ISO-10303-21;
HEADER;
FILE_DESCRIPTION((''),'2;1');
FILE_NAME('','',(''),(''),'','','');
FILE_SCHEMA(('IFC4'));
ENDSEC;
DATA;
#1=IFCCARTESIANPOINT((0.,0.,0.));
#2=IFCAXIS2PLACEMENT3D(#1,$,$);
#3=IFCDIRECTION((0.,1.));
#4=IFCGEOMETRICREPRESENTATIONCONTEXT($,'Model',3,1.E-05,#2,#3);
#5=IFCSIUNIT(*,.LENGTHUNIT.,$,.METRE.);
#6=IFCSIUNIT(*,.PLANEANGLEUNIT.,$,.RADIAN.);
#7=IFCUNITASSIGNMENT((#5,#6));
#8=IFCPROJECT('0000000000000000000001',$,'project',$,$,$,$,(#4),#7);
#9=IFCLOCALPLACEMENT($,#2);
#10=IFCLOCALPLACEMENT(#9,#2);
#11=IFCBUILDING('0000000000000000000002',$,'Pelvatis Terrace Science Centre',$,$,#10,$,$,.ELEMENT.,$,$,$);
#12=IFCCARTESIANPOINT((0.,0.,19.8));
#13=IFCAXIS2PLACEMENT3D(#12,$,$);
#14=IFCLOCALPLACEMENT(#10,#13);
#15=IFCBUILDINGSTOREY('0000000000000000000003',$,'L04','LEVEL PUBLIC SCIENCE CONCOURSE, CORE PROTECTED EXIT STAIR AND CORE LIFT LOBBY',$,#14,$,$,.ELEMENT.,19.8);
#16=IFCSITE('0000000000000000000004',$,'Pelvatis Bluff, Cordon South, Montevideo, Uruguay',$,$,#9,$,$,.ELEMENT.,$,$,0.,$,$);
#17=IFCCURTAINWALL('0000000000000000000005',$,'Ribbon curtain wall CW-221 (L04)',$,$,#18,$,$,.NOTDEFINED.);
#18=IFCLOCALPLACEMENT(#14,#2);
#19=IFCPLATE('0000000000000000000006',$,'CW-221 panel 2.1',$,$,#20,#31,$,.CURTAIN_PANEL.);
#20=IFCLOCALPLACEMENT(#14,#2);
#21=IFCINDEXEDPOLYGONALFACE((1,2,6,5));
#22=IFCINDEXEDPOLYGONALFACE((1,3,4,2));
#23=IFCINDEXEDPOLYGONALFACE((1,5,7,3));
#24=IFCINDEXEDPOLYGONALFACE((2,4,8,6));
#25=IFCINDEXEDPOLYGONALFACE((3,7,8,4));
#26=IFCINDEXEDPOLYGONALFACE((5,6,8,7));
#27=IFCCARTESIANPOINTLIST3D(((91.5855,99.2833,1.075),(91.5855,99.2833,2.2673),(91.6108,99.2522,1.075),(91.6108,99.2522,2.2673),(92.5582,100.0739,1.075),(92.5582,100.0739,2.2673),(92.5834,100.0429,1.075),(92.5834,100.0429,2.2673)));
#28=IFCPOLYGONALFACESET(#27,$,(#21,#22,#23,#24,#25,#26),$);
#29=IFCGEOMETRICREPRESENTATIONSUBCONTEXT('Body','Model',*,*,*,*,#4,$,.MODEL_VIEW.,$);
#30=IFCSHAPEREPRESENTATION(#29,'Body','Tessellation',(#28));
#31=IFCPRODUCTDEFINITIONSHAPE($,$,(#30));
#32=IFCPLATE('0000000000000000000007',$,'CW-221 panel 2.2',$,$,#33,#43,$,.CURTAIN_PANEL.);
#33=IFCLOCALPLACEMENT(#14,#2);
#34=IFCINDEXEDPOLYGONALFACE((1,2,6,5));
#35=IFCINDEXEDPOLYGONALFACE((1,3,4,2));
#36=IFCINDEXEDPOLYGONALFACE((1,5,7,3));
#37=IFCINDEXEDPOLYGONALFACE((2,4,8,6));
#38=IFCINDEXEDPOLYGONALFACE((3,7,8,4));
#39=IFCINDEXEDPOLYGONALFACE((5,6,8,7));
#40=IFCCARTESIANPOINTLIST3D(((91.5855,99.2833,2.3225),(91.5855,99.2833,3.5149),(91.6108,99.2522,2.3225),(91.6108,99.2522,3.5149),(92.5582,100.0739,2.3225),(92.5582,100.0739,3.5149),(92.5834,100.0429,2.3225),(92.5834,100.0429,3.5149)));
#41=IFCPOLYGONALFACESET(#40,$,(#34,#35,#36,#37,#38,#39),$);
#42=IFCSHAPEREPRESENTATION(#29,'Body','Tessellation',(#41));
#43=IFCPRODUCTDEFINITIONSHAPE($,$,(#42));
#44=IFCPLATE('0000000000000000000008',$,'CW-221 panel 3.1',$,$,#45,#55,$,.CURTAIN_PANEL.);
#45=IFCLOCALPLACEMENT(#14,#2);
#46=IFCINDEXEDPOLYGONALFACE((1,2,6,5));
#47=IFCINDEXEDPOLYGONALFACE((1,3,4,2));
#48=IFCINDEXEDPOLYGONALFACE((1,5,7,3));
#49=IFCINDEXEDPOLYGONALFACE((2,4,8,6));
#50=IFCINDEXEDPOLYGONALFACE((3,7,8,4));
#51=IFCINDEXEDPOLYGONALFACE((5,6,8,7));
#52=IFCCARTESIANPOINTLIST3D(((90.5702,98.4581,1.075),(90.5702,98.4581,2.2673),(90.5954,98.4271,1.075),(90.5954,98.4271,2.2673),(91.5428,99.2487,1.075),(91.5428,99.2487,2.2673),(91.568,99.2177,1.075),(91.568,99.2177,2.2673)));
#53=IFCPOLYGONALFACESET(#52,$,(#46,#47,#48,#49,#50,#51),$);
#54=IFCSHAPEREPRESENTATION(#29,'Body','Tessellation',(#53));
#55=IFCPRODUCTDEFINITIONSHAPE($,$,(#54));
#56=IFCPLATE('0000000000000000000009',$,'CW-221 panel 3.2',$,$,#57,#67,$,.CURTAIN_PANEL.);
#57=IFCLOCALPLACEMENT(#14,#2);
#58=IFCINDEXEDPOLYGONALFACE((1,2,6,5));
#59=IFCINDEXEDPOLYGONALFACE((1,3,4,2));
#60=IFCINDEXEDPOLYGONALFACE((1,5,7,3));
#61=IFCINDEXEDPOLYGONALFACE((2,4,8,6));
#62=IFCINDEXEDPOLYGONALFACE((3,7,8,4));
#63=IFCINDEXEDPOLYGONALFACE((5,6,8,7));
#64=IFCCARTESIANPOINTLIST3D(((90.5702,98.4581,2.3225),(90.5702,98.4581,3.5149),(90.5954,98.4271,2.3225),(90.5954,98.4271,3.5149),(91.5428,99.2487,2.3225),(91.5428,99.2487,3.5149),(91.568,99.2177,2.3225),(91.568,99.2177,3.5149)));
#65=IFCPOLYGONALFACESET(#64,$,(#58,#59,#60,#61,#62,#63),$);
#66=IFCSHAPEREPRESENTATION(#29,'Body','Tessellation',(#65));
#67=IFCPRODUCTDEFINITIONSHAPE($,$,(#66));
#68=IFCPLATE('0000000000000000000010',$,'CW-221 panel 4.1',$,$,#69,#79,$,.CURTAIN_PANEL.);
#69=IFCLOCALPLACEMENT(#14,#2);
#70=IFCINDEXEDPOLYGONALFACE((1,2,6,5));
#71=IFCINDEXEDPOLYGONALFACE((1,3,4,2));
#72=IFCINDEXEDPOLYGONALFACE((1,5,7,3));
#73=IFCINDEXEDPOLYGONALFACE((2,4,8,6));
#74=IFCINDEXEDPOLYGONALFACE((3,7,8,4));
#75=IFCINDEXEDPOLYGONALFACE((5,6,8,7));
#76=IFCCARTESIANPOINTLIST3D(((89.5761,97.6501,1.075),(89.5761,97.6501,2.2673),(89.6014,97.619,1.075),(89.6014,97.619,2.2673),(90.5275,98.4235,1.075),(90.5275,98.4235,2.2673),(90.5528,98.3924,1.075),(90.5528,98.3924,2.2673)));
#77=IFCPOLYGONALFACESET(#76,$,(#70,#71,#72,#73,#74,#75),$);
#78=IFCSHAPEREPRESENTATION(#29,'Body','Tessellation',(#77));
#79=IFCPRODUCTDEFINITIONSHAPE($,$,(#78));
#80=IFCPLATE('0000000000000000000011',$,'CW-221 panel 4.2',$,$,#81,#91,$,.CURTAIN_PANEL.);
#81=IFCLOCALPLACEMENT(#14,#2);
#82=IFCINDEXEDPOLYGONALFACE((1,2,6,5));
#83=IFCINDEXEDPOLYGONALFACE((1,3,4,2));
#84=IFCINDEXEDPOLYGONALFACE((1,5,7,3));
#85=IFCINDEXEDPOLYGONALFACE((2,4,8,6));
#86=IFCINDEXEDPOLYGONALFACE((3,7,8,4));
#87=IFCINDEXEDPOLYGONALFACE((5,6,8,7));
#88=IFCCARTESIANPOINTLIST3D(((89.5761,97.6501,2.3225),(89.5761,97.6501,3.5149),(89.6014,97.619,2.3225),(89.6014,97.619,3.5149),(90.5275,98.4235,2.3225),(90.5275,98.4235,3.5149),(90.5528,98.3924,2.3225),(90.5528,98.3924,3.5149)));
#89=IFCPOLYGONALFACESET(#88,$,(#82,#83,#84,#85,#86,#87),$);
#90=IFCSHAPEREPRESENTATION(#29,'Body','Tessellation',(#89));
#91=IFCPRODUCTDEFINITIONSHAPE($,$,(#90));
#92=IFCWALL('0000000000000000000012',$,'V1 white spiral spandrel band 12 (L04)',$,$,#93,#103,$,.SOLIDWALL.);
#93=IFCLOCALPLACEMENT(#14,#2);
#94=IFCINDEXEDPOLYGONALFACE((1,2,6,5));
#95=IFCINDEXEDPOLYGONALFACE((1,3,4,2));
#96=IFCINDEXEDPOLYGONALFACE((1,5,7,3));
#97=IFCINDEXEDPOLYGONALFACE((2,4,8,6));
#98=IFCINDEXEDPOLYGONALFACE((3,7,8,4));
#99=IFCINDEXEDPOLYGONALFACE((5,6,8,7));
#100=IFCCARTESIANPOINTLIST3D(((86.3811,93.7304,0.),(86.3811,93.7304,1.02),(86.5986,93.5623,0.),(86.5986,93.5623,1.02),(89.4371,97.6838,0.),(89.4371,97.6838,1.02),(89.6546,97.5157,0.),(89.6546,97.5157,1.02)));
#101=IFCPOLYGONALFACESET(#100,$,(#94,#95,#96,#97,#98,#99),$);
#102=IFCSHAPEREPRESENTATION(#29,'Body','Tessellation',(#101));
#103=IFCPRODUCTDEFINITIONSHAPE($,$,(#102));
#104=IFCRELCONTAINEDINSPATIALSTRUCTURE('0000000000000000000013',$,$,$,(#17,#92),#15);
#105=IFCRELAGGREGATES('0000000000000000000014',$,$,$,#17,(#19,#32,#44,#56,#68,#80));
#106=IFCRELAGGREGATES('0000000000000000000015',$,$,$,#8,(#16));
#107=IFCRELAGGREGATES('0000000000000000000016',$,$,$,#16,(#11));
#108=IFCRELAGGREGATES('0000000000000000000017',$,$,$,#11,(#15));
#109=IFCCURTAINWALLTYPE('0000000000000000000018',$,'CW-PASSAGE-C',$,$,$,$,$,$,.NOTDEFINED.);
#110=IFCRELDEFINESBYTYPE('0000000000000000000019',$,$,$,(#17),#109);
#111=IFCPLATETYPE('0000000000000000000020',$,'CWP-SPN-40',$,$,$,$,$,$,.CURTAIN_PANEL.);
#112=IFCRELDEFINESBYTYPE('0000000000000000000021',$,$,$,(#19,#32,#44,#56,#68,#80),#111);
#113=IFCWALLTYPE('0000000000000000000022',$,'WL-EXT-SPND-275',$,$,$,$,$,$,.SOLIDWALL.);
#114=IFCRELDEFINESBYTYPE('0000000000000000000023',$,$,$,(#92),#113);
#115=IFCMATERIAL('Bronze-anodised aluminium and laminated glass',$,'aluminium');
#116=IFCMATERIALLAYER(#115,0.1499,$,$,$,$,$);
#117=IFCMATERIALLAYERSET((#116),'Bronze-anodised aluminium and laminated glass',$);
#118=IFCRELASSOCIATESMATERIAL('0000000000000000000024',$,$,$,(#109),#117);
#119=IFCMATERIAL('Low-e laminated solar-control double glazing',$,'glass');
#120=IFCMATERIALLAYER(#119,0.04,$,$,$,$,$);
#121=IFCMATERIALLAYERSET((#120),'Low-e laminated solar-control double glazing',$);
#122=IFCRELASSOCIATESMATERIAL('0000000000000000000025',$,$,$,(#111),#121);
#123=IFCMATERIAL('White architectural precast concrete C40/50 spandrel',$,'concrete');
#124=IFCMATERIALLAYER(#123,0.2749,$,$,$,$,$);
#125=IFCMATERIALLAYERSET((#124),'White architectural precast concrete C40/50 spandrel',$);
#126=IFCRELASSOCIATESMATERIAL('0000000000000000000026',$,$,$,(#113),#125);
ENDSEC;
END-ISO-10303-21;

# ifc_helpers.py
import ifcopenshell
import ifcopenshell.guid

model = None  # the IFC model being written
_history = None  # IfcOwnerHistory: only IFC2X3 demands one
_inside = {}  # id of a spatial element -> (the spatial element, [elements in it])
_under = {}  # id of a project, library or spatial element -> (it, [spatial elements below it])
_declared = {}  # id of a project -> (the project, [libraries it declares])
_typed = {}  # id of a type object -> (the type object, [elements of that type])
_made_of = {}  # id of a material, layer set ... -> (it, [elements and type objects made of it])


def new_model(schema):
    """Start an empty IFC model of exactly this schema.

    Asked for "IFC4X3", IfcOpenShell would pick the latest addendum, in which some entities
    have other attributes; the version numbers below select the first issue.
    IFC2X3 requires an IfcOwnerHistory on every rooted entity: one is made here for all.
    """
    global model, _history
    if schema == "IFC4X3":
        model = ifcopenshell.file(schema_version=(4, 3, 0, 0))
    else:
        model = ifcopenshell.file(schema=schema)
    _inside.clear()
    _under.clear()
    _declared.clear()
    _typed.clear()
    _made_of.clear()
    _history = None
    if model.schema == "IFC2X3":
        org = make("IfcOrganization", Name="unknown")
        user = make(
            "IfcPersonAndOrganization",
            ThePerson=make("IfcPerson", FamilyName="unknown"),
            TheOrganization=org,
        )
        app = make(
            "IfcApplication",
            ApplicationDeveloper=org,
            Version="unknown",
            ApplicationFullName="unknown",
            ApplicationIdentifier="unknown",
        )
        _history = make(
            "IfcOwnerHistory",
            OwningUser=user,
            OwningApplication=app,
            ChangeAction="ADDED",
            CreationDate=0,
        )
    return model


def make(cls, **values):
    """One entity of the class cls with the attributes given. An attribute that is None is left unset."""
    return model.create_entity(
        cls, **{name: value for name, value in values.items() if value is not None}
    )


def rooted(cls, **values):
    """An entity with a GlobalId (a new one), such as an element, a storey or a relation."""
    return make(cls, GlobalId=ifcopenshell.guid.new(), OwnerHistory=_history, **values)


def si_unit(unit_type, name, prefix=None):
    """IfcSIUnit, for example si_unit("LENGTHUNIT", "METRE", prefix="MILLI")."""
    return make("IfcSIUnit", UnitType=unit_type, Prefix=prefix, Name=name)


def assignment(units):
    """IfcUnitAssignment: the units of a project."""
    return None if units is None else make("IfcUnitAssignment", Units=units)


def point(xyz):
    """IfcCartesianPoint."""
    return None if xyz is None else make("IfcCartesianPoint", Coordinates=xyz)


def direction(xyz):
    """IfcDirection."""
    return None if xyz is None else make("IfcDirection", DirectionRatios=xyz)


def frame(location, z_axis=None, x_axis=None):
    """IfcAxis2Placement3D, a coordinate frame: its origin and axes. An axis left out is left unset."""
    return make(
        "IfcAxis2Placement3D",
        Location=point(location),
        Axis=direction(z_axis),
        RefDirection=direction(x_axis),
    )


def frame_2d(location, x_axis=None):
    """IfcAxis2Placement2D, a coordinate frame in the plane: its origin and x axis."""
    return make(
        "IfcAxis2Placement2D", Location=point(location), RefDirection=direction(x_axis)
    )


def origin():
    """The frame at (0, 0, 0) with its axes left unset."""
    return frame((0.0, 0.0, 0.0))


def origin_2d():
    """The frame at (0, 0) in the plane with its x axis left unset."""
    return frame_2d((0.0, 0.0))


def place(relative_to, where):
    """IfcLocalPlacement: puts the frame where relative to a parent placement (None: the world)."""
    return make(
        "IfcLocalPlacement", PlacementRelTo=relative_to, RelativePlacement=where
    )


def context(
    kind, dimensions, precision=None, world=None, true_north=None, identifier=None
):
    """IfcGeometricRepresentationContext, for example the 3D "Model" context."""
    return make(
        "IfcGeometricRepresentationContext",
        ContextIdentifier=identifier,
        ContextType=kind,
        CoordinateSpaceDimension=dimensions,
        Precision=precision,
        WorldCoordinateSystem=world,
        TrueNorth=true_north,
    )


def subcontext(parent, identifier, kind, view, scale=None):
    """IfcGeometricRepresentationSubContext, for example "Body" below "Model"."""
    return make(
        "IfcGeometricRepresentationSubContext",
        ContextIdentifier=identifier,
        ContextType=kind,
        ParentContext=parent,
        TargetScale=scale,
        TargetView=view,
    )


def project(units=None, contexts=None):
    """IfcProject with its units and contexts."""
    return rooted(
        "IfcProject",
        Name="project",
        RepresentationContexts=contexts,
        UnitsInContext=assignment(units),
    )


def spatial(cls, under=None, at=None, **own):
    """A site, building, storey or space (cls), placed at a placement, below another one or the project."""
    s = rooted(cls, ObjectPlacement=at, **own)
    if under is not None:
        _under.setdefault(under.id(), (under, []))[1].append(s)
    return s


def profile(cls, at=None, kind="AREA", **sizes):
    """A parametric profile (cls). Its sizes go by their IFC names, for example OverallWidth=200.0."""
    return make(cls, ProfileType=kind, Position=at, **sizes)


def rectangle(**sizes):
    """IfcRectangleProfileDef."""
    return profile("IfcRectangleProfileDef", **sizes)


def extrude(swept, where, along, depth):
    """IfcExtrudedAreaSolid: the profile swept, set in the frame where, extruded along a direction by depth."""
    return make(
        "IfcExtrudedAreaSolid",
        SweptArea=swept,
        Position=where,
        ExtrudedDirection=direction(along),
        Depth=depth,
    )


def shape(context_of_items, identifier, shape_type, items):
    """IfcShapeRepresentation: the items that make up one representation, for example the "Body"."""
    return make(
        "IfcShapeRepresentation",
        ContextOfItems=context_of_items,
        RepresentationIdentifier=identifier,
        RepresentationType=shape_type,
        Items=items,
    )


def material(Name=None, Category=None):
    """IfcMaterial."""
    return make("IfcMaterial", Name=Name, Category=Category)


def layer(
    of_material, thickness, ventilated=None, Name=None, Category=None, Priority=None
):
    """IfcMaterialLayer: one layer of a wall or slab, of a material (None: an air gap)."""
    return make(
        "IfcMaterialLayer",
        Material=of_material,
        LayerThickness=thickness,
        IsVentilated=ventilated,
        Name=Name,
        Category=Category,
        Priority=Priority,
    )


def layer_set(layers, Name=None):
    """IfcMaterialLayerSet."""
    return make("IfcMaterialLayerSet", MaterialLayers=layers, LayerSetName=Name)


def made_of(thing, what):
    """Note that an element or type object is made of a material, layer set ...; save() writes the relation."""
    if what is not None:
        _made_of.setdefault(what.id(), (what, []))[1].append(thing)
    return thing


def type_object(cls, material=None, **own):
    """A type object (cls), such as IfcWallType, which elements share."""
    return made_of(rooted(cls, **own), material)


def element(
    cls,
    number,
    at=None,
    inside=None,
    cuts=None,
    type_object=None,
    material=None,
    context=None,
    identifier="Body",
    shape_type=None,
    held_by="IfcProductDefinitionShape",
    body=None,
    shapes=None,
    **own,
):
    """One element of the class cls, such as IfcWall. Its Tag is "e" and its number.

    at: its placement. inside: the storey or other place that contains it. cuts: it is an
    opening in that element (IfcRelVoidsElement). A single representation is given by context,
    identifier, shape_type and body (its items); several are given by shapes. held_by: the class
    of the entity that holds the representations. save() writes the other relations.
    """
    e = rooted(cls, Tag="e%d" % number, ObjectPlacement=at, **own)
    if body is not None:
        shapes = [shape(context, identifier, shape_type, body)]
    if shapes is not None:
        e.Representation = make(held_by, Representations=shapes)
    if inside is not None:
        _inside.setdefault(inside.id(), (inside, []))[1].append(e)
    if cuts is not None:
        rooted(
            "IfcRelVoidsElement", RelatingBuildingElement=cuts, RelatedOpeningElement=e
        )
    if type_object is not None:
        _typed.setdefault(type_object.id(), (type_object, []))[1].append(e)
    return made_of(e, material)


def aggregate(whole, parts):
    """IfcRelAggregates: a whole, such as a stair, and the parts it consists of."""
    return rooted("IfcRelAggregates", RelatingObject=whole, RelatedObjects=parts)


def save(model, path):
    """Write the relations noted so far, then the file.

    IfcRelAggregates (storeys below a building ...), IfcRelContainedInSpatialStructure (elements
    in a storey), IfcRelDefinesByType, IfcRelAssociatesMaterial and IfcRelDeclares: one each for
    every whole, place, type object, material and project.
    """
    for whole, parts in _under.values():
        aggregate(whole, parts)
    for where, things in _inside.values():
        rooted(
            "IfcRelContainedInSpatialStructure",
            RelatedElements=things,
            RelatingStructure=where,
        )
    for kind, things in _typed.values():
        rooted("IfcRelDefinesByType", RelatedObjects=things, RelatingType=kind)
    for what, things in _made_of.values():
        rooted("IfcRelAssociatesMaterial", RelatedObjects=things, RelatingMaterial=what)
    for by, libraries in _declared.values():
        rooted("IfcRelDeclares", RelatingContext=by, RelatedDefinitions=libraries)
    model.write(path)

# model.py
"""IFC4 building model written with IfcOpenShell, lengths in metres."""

from ifc_helpers import new_model, si_unit, direction, frame, frame_2d, origin, origin_2d, place, context, subcontext, project, spatial, rectangle, extrude, material, layer, layer_set, type_object, element, aggregate, save


model = new_model("IFC4")

# Units and contexts
model_context = context("Model", 3, precision=1e-05, world=origin(), true_north=direction((0.0, 1.0)))
body_context = subcontext(model_context, "Body", "Model", "MODEL_VIEW")
ifc_project = project(units=[si_unit("LENGTHUNIT", "METRE"), si_unit("PLANEANGLEUNIT", "RADIAN")], contexts=[model_context])

# Site, building, storey
site_placement = place(None, origin())
site = spatial("IfcSite", under=ifc_project, at=site_placement, Name="Pelvatis Bluff, Cordon South, Montevideo, Uruguay", CompositionType="ELEMENT", RefElevation=0.0)
building_placement = place(site_placement, origin())
building = spatial("IfcBuilding", under=site, at=building_placement, Name="Pelvatis Terrace Science Centre", CompositionType="ELEMENT")
storey_placement = place(building_placement, frame((0.0, 0.0, 19.8)))
storey = spatial("IfcBuildingStorey", under=building, at=storey_placement, Name="L04", Description="LEVEL PUBLIC SCIENCE CONCOURSE, CORE PROTECTED EXIT STAIR AND CORE LIFT LOBBY", CompositionType="ELEMENT", Elevation=19.8)

# Curtain wall
ifc_material_1 = material(Name="Bronze-anodised aluminium and laminated glass", Category="aluminium")
ifc_layer_1 = layer(ifc_material_1, 0.1499)
ifc_layer_set_1 = layer_set([ifc_layer_1], Name="Bronze-anodised aluminium and laminated glass")
curtain_wall_type = type_object("IfcCurtainWallType", Name="CW-PASSAGE-C", PredefinedType="NOTDEFINED", material=ifc_layer_set_1)
curtain_wall_1_placement = place(storey_placement, origin())
curtain_wall_1 = element("IfcCurtainWall", 1, at=curtain_wall_1_placement, inside=storey, type_object=curtain_wall_type, Name="Ribbon curtain wall CW-221 (L04)", PredefinedType="NOTDEFINED")

# Plates
ifc_material_2 = material(Name="Low-e laminated solar-control double glazing", Category="glass")
ifc_layer_2 = layer(ifc_material_2, 0.04)
ifc_layer_set_2 = layer_set([ifc_layer_2], Name="Low-e laminated solar-control double glazing")
plate_type = type_object("IfcPlateType", Name="CWP-SPN-40", PredefinedType="CURTAIN_PANEL", material=ifc_layer_set_2)
plate_1_placement = place(storey_placement, frame((92.0845, 99.6631, 1.075), z_axis=(0.0, 0.0, 1.0), x_axis=(-0.77598, -0.630757, 0.0)))
plate_1 = element("IfcPlate", 2, at=plate_1_placement, type_object=plate_type, Name="CW-221 panel 2.1", PredefinedType="CURTAIN_PANEL", context=body_context, shape_type="SweptSolid", body=[
    extrude(rectangle(XDim=1.2534, YDim=0.04, at=origin_2d()), origin(), (0.0, 0.0, 1.0), 1.1924),
])
plate_2_placement = place(storey_placement, frame((92.0845, 99.6631, 2.3225), z_axis=(0.0, 0.0, 1.0), x_axis=(-0.77598, -0.630757, 0.0)))
plate_2 = element("IfcPlate", 3, at=plate_2_placement, type_object=plate_type, Name="CW-221 panel 2.2", PredefinedType="CURTAIN_PANEL", context=body_context, shape_type="SweptSolid", body=[
    extrude(rectangle(XDim=1.2534, YDim=0.04, at=origin_2d()), origin(), (0.0, 0.0, 1.0), 1.1924),
])
plate_3_placement = place(storey_placement, frame((91.0691, 98.8379, 1.075), z_axis=(0.0, 0.0, 1.0), x_axis=(-0.77598, -0.630757, 0.0)))
plate_3 = element("IfcPlate", 4, at=plate_3_placement, type_object=plate_type, Name="CW-221 panel 3.1", PredefinedType="CURTAIN_PANEL", context=body_context, shape_type="SweptSolid", body=[
    extrude(rectangle(XDim=1.2534, YDim=0.04, at=origin_2d()), origin(), (0.0, 0.0, 1.0), 1.1924),
])
plate_4_placement = place(storey_placement, frame((91.0691, 98.8379, 2.3225), z_axis=(0.0, 0.0, 1.0), x_axis=(-0.77598, -0.630757, 0.0)))
plate_4 = element("IfcPlate", 5, at=plate_4_placement, type_object=plate_type, Name="CW-221 panel 3.2", PredefinedType="CURTAIN_PANEL", context=body_context, shape_type="SweptSolid", body=[
    extrude(rectangle(XDim=1.2534, YDim=0.04, at=origin_2d()), origin(), (0.0, 0.0, 1.0), 1.1924),
])
plate_5_placement = place(storey_placement, frame((90.0645, 98.0212, 1.075), z_axis=(0.0, 0.0, 1.0), x_axis=(-0.77598, -0.630757, 0.0)))
plate_5 = element("IfcPlate", 6, at=plate_5_placement, type_object=plate_type, Name="CW-221 panel 4.1", PredefinedType="CURTAIN_PANEL", context=body_context, shape_type="SweptSolid", body=[
    extrude(rectangle(XDim=1.2261, YDim=0.04, at=origin_2d()), origin(), (0.0, 0.0, 1.0), 1.1924),
])
plate_6_placement = place(storey_placement, frame((90.0645, 98.0212, 2.3225), z_axis=(0.0, 0.0, 1.0), x_axis=(-0.77598, -0.630757, 0.0)))
plate_6 = element("IfcPlate", 7, at=plate_6_placement, type_object=plate_type, Name="CW-221 panel 4.2", PredefinedType="CURTAIN_PANEL", context=body_context, shape_type="SweptSolid", body=[
    extrude(rectangle(XDim=1.2261, YDim=0.04, at=origin_2d()), origin(), (0.0, 0.0, 1.0), 1.1924),
])
aggregate(curtain_wall_1, [plate_1, plate_2, plate_3, plate_4, plate_5, plate_6])

# Wall
ifc_material_3 = material(Name="White architectural precast concrete C40/50 spandrel", Category="concrete")
ifc_layer_3 = layer(ifc_material_3, 0.2749)
ifc_layer_set_3 = layer_set([ifc_layer_3], Name="White architectural precast concrete C40/50 spandrel")
wall_type = type_object("IfcWallType", Name="WL-EXT-SPND-275", PredefinedType="SOLIDWALL", material=ifc_layer_set_3)
wall_placement = place(storey_placement, frame((89.5459, 97.5999, 0.0), z_axis=(0.0, 0.0, 1.0), x_axis=(-0.611577, -0.791185, 0.0)))
element("IfcWall", 8, at=wall_placement, inside=storey, type_object=wall_type, Name="V1 white spiral spandrel band 12 (L04)", PredefinedType="SOLIDWALL", context=body_context, shape_type="SweptSolid", body=[
    extrude(rectangle(XDim=4.9968, YDim=0.2749, at=frame_2d((2.4985, 0.0))), origin(), (0.0, 0.0, 1.0), 1.02),
])

save(model, "model.ifc")
